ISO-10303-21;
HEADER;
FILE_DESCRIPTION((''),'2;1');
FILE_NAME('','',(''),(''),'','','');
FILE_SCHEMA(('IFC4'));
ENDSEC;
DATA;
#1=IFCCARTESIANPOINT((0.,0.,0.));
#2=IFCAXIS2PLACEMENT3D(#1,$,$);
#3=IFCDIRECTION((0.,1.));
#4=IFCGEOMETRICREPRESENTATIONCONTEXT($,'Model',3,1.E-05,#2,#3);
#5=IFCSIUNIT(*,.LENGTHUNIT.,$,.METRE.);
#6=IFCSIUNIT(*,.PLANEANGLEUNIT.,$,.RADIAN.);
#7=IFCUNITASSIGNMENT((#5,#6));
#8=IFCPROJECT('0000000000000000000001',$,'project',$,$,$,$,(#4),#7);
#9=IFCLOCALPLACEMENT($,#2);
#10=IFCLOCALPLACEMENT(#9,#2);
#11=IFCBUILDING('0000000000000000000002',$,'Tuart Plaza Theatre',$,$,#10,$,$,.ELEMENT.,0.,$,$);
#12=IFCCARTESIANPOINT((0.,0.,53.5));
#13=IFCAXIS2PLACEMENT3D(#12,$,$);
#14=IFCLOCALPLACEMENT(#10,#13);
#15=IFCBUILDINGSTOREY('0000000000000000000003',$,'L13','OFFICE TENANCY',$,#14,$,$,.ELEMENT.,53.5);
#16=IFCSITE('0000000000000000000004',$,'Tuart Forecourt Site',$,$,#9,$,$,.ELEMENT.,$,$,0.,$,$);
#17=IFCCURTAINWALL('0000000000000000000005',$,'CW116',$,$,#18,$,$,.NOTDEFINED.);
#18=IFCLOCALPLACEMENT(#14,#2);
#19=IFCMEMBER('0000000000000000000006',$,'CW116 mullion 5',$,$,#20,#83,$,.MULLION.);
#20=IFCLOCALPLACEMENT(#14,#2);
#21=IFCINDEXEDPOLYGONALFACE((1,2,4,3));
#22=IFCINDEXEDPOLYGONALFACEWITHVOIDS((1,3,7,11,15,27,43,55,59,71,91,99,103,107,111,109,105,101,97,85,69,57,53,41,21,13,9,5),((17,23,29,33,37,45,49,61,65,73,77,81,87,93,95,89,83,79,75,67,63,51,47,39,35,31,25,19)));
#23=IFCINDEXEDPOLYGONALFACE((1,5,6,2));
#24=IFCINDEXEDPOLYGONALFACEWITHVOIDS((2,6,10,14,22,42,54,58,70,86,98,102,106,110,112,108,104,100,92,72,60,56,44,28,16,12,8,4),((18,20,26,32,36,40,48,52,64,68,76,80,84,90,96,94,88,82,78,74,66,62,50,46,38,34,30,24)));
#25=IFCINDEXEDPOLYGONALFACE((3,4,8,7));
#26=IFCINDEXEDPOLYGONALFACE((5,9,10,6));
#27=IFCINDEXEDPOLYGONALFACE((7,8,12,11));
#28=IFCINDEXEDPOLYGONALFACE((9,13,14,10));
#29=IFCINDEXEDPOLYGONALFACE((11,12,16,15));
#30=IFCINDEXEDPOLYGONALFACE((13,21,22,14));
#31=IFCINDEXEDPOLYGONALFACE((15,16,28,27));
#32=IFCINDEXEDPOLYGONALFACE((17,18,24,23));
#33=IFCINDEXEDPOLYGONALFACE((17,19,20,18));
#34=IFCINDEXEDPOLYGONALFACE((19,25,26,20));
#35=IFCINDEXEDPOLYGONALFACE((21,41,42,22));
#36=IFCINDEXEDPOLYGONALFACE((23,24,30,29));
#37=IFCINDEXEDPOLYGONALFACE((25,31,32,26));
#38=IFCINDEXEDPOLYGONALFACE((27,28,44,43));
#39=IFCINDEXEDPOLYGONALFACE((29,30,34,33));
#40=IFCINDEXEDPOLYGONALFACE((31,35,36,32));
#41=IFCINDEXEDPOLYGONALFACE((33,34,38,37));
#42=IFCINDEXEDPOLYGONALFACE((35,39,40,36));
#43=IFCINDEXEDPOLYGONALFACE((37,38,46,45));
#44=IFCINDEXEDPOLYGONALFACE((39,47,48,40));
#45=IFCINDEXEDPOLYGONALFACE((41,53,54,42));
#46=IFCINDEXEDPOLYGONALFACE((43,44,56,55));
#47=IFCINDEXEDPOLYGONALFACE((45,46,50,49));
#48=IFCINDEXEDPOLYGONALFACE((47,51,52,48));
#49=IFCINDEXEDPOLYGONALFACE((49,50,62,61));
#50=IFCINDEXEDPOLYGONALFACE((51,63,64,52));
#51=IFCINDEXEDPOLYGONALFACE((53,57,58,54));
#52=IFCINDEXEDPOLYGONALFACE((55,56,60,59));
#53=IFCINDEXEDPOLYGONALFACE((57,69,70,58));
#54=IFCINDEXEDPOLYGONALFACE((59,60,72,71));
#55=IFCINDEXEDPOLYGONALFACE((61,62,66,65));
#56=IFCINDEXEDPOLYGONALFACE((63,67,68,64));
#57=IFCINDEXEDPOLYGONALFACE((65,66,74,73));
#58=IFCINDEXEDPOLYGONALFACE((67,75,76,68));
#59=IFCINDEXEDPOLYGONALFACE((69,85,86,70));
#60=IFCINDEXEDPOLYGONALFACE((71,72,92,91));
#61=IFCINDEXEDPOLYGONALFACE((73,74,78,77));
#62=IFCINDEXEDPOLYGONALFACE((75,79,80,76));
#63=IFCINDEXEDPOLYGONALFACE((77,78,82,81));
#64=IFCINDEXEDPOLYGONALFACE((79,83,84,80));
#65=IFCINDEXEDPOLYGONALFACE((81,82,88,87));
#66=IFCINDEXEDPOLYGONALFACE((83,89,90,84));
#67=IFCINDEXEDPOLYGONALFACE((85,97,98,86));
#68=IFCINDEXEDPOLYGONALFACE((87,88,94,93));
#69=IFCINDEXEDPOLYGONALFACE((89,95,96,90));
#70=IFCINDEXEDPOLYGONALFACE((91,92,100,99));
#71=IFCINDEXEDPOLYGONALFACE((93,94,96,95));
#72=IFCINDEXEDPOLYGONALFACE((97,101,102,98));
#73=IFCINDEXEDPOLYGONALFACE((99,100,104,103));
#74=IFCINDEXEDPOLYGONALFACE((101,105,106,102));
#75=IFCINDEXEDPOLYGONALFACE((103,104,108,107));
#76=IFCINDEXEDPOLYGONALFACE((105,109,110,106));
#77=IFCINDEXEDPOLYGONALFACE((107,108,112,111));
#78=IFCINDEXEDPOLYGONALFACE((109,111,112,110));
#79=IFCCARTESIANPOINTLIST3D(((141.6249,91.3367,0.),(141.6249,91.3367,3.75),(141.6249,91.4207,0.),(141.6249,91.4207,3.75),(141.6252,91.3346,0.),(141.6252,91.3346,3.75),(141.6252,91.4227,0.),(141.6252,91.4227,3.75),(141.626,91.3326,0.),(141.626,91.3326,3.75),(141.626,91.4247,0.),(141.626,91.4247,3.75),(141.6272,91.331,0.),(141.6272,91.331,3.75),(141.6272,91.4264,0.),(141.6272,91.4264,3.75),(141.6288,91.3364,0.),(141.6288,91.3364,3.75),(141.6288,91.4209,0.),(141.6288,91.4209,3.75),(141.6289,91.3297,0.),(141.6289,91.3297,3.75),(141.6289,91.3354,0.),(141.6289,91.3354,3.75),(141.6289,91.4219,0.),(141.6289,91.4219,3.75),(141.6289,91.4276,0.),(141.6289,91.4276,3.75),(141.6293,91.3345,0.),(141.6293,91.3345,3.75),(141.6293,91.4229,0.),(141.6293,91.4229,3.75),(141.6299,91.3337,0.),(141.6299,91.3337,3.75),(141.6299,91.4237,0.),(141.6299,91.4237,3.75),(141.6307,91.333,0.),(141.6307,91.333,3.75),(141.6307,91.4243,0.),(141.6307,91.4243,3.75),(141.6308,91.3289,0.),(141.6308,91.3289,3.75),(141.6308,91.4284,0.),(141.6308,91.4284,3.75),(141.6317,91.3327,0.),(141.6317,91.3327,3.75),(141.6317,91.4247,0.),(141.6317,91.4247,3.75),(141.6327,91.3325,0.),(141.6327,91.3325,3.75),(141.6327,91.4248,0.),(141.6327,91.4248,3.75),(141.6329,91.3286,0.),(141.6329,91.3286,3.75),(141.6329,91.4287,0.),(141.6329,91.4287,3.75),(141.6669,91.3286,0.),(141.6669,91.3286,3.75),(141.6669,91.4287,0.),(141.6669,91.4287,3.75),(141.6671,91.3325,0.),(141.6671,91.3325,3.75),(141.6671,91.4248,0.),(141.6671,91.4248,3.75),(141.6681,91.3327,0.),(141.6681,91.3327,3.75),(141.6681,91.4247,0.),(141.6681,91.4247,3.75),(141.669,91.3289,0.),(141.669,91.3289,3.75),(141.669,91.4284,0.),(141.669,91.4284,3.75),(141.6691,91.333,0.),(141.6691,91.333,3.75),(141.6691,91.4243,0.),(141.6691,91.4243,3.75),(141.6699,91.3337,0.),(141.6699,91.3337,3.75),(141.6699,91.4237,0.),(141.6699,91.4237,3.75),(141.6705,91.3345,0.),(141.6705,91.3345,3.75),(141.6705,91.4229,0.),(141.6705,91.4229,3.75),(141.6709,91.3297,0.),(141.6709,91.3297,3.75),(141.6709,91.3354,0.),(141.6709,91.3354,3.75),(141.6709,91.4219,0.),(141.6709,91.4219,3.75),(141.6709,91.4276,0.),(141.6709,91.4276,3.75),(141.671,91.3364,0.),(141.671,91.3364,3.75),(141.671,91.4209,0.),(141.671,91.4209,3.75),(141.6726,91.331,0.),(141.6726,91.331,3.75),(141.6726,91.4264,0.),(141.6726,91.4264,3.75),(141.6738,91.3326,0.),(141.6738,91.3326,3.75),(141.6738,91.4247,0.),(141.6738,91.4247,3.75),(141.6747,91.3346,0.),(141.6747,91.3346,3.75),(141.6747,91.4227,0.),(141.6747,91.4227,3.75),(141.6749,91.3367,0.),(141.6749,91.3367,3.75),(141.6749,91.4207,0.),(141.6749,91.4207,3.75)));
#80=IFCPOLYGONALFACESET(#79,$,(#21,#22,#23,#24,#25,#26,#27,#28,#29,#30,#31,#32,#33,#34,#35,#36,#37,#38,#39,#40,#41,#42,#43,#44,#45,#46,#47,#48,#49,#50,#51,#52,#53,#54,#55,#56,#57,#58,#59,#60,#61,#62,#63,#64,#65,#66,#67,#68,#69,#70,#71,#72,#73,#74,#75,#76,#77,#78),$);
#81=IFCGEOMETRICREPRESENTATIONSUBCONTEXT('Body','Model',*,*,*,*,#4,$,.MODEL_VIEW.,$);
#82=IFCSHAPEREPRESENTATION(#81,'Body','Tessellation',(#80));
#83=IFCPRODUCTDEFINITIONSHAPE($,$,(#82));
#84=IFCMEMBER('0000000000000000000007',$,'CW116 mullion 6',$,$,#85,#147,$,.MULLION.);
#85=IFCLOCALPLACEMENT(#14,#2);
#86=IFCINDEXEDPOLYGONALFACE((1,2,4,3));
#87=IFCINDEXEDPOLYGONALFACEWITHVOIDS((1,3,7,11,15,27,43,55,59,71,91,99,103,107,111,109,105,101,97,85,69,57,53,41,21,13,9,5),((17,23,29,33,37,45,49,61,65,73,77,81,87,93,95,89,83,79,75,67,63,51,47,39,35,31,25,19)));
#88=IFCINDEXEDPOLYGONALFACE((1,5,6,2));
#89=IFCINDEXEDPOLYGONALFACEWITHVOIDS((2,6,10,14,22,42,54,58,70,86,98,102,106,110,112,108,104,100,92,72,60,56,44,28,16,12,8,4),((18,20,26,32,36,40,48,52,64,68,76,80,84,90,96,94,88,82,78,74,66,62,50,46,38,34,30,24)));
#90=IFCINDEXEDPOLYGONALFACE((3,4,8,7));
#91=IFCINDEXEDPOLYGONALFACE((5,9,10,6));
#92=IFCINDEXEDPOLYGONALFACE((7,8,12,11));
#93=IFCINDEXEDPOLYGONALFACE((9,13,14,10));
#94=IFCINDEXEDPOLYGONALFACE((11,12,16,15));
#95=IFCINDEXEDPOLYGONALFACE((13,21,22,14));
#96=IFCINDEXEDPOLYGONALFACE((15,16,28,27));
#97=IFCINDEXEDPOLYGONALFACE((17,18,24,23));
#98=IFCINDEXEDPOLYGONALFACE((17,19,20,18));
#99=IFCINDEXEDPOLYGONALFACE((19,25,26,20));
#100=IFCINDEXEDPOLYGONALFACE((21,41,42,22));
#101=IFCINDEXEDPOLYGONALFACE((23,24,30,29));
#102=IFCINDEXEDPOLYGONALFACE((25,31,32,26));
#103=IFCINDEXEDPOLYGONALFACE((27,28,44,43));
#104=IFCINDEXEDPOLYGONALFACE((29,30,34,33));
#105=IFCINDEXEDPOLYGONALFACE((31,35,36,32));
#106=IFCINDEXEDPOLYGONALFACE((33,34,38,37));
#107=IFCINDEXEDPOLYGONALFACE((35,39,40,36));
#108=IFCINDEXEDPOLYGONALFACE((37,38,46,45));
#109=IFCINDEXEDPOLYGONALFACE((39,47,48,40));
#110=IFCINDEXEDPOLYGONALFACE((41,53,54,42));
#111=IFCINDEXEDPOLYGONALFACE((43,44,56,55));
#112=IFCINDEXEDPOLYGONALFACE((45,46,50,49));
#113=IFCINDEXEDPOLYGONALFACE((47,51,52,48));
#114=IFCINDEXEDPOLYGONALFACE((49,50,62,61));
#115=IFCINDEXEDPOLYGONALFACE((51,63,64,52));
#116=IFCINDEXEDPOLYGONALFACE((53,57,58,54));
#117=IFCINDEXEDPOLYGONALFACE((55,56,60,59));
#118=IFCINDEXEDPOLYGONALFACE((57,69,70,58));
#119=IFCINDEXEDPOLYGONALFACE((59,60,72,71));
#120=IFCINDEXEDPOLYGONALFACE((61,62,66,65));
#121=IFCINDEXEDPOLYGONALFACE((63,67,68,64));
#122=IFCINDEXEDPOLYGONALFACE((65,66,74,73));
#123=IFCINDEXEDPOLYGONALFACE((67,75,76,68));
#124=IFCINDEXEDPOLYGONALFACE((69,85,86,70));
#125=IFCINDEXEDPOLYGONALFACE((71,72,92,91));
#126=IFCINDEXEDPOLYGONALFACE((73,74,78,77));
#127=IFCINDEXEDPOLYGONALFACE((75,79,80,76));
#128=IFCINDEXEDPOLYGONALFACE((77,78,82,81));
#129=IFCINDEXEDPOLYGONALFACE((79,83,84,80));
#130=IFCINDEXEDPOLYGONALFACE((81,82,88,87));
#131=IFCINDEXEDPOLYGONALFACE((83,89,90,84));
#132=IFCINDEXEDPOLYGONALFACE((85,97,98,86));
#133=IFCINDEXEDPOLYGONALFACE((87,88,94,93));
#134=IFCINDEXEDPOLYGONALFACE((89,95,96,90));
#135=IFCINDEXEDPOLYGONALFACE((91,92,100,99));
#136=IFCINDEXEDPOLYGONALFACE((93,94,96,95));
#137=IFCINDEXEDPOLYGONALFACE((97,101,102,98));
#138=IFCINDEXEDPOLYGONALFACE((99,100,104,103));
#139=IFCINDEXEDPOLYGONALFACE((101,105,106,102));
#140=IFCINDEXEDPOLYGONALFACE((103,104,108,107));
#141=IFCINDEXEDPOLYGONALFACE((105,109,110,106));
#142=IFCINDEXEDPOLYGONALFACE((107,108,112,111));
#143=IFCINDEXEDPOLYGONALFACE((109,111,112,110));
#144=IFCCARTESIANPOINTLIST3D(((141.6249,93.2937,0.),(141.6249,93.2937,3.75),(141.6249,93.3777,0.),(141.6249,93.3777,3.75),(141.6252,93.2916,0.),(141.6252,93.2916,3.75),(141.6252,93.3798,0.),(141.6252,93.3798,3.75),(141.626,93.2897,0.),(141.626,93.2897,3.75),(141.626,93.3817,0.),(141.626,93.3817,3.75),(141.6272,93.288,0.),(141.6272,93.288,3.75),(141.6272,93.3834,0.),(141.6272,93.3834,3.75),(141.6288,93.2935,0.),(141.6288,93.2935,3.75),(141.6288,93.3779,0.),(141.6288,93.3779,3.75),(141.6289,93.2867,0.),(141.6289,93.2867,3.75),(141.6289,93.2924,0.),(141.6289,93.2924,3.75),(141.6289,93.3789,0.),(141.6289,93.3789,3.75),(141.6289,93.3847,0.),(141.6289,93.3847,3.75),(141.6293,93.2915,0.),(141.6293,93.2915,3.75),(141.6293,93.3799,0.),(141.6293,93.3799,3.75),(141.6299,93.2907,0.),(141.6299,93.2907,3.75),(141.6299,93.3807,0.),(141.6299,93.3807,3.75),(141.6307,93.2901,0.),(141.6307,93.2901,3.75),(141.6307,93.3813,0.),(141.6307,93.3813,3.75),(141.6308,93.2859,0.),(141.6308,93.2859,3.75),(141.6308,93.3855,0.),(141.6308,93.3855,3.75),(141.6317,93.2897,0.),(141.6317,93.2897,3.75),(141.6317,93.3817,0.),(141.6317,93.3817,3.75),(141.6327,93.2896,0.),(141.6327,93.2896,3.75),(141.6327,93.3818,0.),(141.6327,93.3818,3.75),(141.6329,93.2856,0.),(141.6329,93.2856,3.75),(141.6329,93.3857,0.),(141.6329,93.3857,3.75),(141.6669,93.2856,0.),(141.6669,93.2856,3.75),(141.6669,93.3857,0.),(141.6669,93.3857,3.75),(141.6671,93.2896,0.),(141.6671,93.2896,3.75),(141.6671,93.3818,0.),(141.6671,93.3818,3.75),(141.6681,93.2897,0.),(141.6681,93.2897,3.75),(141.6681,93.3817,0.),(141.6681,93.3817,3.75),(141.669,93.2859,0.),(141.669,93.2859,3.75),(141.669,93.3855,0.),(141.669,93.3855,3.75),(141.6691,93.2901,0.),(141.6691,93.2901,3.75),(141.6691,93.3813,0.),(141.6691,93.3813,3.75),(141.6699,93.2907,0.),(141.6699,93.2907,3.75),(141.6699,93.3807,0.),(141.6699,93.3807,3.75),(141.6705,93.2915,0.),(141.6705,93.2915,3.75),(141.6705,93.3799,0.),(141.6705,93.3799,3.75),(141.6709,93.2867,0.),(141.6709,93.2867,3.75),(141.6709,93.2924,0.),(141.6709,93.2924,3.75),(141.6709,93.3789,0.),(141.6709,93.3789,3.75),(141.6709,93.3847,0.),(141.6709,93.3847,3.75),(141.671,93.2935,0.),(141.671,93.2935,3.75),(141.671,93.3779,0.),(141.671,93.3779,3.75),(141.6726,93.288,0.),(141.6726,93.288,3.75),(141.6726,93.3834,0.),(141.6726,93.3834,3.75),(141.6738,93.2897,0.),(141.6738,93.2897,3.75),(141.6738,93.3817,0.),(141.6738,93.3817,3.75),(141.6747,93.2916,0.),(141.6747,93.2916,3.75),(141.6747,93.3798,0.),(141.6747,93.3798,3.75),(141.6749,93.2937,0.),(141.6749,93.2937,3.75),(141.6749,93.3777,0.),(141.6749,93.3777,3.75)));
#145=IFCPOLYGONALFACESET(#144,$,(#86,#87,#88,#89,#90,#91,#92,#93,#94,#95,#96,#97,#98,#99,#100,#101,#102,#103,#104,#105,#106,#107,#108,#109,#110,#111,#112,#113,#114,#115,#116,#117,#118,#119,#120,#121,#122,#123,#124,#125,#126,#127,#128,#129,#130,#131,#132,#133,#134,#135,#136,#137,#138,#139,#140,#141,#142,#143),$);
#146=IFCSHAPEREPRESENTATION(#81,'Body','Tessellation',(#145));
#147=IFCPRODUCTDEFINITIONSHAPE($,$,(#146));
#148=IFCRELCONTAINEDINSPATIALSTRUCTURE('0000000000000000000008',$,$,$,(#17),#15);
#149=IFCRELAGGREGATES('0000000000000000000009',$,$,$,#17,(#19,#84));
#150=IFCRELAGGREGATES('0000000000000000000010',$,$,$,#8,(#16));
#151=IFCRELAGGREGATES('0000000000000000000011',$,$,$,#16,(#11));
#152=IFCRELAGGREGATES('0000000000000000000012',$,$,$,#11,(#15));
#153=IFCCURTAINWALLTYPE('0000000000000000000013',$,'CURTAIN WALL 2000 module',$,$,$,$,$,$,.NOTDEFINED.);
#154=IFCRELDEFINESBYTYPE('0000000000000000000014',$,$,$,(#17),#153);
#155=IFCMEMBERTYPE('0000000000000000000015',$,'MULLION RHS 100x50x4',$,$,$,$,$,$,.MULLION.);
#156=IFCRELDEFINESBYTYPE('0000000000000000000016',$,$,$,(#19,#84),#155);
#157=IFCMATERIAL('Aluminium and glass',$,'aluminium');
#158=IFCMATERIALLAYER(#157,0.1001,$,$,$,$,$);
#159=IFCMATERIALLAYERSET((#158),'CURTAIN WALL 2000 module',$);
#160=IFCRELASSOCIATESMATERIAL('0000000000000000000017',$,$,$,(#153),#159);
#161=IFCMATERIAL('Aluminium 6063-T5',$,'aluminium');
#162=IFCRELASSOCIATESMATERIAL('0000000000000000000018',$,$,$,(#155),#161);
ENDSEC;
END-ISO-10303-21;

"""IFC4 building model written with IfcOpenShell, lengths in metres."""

from ifc_helpers import new_model, si_unit, direction, frame, origin, origin_2d, place, context, subcontext, project, spatial, hollow_rectangle, extrude, material, layer, layer_set, material_profile, profile_set, type_object, element, aggregate, save


model = new_model("IFC4")

# Units and contexts
model_context = context("Model", 3, precision=1e-05, world=origin(), true_north=direction((0.0, 1.0)))
body_context = subcontext(model_context, "Body", "Model", "MODEL_VIEW")
ifc_project = project(units=[si_unit("LENGTHUNIT", "METRE"), si_unit("PLANEANGLEUNIT", "RADIAN")], contexts=[model_context])

# Site, building, storey
site_placement = place(None, origin())
site = spatial("IfcSite", under=ifc_project, at=site_placement, Name="Tuart Forecourt Site", CompositionType="ELEMENT", RefElevation=0.0)
building_placement = place(site_placement, origin())
building = spatial("IfcBuilding", under=site, at=building_placement, Name="Tuart Plaza Theatre", CompositionType="ELEMENT", ElevationOfRefHeight=0.0)
storey_placement = place(building_placement, frame((0.0, 0.0, 53.5)))
storey = spatial("IfcBuildingStorey", under=building, at=storey_placement, Name="L13", Description="OFFICE TENANCY", CompositionType="ELEMENT", Elevation=53.5)

# Curtain wall, members
ifc_material_1 = material(Name="Aluminium and glass", Category="aluminium")
ifc_layer_1 = layer(ifc_material_1, 0.1001)
ifc_layer_set_1 = layer_set([ifc_layer_1], Name="CURTAIN WALL 2000 module")
curtain_wall_type = type_object("IfcCurtainWallType", Name="CURTAIN WALL 2000 module", PredefinedType="NOTDEFINED", material=ifc_layer_set_1)
curtain_wall_placement = place(storey_placement, origin())
curtain_wall = element("IfcCurtainWall", 1, at=curtain_wall_placement, inside=storey, type_object=curtain_wall_type, Name="CW116", PredefinedType="NOTDEFINED")
ifc_material_2 = material(Name="Aluminium 6063-T5", Category="aluminium")
ifc_material_profile_1 = material_profile(ifc_material_2, hollow_rectangle(XDim=0.05, YDim=0.1001, WallThickness=0.0039, InnerFilletRadius=0.0039, OuterFilletRadius=0.0081, at=origin_2d()), Name="RHS 100x50x4")
ifc_profile_set_1 = profile_set([ifc_material_profile_1], Name="Aluminium 6063-T5")
member_type_1 = type_object("IfcMemberType", Name="MULLION RHS 100x50x4", PredefinedType="MULLION", material=ifc_profile_set_1)
member_1_placement = place(storey_placement, frame((141.6499, 91.3787, 0.0), z_axis=(0.0, 0.0, 1.0), x_axis=(-1.0, 0.0, 0.0)))
member_1 = element("IfcMember", 2, at=member_1_placement, type_object=member_type_1, Name="CW116 mullion 5", PredefinedType="MULLION", context=body_context, shape_type="SweptSolid", body=[
    extrude(hollow_rectangle(XDim=0.05, YDim=0.1001, WallThickness=0.0039, InnerFilletRadius=0.0039, OuterFilletRadius=0.0081, at=origin_2d()), origin(), (0.0, 0.0, 1.0), 3.75),
])
member_2_placement = place(storey_placement, frame((141.6499, 93.3357, 0.0), z_axis=(0.0, 0.0, 1.0), x_axis=(-1.0, 0.0, 0.0)))
member_2 = element("IfcMember", 3, at=member_2_placement, type_object=member_type_1, Name="CW116 mullion 6", PredefinedType="MULLION", context=body_context, shape_type="SweptSolid", body=[
    extrude(hollow_rectangle(XDim=0.05, YDim=0.1001, WallThickness=0.0039, InnerFilletRadius=0.0039, OuterFilletRadius=0.0081, at=origin_2d()), origin(), (0.0, 0.0, 1.0), 3.75),
])
aggregate(curtain_wall, [member_1, member_2])

save(model, "model.ifc")
